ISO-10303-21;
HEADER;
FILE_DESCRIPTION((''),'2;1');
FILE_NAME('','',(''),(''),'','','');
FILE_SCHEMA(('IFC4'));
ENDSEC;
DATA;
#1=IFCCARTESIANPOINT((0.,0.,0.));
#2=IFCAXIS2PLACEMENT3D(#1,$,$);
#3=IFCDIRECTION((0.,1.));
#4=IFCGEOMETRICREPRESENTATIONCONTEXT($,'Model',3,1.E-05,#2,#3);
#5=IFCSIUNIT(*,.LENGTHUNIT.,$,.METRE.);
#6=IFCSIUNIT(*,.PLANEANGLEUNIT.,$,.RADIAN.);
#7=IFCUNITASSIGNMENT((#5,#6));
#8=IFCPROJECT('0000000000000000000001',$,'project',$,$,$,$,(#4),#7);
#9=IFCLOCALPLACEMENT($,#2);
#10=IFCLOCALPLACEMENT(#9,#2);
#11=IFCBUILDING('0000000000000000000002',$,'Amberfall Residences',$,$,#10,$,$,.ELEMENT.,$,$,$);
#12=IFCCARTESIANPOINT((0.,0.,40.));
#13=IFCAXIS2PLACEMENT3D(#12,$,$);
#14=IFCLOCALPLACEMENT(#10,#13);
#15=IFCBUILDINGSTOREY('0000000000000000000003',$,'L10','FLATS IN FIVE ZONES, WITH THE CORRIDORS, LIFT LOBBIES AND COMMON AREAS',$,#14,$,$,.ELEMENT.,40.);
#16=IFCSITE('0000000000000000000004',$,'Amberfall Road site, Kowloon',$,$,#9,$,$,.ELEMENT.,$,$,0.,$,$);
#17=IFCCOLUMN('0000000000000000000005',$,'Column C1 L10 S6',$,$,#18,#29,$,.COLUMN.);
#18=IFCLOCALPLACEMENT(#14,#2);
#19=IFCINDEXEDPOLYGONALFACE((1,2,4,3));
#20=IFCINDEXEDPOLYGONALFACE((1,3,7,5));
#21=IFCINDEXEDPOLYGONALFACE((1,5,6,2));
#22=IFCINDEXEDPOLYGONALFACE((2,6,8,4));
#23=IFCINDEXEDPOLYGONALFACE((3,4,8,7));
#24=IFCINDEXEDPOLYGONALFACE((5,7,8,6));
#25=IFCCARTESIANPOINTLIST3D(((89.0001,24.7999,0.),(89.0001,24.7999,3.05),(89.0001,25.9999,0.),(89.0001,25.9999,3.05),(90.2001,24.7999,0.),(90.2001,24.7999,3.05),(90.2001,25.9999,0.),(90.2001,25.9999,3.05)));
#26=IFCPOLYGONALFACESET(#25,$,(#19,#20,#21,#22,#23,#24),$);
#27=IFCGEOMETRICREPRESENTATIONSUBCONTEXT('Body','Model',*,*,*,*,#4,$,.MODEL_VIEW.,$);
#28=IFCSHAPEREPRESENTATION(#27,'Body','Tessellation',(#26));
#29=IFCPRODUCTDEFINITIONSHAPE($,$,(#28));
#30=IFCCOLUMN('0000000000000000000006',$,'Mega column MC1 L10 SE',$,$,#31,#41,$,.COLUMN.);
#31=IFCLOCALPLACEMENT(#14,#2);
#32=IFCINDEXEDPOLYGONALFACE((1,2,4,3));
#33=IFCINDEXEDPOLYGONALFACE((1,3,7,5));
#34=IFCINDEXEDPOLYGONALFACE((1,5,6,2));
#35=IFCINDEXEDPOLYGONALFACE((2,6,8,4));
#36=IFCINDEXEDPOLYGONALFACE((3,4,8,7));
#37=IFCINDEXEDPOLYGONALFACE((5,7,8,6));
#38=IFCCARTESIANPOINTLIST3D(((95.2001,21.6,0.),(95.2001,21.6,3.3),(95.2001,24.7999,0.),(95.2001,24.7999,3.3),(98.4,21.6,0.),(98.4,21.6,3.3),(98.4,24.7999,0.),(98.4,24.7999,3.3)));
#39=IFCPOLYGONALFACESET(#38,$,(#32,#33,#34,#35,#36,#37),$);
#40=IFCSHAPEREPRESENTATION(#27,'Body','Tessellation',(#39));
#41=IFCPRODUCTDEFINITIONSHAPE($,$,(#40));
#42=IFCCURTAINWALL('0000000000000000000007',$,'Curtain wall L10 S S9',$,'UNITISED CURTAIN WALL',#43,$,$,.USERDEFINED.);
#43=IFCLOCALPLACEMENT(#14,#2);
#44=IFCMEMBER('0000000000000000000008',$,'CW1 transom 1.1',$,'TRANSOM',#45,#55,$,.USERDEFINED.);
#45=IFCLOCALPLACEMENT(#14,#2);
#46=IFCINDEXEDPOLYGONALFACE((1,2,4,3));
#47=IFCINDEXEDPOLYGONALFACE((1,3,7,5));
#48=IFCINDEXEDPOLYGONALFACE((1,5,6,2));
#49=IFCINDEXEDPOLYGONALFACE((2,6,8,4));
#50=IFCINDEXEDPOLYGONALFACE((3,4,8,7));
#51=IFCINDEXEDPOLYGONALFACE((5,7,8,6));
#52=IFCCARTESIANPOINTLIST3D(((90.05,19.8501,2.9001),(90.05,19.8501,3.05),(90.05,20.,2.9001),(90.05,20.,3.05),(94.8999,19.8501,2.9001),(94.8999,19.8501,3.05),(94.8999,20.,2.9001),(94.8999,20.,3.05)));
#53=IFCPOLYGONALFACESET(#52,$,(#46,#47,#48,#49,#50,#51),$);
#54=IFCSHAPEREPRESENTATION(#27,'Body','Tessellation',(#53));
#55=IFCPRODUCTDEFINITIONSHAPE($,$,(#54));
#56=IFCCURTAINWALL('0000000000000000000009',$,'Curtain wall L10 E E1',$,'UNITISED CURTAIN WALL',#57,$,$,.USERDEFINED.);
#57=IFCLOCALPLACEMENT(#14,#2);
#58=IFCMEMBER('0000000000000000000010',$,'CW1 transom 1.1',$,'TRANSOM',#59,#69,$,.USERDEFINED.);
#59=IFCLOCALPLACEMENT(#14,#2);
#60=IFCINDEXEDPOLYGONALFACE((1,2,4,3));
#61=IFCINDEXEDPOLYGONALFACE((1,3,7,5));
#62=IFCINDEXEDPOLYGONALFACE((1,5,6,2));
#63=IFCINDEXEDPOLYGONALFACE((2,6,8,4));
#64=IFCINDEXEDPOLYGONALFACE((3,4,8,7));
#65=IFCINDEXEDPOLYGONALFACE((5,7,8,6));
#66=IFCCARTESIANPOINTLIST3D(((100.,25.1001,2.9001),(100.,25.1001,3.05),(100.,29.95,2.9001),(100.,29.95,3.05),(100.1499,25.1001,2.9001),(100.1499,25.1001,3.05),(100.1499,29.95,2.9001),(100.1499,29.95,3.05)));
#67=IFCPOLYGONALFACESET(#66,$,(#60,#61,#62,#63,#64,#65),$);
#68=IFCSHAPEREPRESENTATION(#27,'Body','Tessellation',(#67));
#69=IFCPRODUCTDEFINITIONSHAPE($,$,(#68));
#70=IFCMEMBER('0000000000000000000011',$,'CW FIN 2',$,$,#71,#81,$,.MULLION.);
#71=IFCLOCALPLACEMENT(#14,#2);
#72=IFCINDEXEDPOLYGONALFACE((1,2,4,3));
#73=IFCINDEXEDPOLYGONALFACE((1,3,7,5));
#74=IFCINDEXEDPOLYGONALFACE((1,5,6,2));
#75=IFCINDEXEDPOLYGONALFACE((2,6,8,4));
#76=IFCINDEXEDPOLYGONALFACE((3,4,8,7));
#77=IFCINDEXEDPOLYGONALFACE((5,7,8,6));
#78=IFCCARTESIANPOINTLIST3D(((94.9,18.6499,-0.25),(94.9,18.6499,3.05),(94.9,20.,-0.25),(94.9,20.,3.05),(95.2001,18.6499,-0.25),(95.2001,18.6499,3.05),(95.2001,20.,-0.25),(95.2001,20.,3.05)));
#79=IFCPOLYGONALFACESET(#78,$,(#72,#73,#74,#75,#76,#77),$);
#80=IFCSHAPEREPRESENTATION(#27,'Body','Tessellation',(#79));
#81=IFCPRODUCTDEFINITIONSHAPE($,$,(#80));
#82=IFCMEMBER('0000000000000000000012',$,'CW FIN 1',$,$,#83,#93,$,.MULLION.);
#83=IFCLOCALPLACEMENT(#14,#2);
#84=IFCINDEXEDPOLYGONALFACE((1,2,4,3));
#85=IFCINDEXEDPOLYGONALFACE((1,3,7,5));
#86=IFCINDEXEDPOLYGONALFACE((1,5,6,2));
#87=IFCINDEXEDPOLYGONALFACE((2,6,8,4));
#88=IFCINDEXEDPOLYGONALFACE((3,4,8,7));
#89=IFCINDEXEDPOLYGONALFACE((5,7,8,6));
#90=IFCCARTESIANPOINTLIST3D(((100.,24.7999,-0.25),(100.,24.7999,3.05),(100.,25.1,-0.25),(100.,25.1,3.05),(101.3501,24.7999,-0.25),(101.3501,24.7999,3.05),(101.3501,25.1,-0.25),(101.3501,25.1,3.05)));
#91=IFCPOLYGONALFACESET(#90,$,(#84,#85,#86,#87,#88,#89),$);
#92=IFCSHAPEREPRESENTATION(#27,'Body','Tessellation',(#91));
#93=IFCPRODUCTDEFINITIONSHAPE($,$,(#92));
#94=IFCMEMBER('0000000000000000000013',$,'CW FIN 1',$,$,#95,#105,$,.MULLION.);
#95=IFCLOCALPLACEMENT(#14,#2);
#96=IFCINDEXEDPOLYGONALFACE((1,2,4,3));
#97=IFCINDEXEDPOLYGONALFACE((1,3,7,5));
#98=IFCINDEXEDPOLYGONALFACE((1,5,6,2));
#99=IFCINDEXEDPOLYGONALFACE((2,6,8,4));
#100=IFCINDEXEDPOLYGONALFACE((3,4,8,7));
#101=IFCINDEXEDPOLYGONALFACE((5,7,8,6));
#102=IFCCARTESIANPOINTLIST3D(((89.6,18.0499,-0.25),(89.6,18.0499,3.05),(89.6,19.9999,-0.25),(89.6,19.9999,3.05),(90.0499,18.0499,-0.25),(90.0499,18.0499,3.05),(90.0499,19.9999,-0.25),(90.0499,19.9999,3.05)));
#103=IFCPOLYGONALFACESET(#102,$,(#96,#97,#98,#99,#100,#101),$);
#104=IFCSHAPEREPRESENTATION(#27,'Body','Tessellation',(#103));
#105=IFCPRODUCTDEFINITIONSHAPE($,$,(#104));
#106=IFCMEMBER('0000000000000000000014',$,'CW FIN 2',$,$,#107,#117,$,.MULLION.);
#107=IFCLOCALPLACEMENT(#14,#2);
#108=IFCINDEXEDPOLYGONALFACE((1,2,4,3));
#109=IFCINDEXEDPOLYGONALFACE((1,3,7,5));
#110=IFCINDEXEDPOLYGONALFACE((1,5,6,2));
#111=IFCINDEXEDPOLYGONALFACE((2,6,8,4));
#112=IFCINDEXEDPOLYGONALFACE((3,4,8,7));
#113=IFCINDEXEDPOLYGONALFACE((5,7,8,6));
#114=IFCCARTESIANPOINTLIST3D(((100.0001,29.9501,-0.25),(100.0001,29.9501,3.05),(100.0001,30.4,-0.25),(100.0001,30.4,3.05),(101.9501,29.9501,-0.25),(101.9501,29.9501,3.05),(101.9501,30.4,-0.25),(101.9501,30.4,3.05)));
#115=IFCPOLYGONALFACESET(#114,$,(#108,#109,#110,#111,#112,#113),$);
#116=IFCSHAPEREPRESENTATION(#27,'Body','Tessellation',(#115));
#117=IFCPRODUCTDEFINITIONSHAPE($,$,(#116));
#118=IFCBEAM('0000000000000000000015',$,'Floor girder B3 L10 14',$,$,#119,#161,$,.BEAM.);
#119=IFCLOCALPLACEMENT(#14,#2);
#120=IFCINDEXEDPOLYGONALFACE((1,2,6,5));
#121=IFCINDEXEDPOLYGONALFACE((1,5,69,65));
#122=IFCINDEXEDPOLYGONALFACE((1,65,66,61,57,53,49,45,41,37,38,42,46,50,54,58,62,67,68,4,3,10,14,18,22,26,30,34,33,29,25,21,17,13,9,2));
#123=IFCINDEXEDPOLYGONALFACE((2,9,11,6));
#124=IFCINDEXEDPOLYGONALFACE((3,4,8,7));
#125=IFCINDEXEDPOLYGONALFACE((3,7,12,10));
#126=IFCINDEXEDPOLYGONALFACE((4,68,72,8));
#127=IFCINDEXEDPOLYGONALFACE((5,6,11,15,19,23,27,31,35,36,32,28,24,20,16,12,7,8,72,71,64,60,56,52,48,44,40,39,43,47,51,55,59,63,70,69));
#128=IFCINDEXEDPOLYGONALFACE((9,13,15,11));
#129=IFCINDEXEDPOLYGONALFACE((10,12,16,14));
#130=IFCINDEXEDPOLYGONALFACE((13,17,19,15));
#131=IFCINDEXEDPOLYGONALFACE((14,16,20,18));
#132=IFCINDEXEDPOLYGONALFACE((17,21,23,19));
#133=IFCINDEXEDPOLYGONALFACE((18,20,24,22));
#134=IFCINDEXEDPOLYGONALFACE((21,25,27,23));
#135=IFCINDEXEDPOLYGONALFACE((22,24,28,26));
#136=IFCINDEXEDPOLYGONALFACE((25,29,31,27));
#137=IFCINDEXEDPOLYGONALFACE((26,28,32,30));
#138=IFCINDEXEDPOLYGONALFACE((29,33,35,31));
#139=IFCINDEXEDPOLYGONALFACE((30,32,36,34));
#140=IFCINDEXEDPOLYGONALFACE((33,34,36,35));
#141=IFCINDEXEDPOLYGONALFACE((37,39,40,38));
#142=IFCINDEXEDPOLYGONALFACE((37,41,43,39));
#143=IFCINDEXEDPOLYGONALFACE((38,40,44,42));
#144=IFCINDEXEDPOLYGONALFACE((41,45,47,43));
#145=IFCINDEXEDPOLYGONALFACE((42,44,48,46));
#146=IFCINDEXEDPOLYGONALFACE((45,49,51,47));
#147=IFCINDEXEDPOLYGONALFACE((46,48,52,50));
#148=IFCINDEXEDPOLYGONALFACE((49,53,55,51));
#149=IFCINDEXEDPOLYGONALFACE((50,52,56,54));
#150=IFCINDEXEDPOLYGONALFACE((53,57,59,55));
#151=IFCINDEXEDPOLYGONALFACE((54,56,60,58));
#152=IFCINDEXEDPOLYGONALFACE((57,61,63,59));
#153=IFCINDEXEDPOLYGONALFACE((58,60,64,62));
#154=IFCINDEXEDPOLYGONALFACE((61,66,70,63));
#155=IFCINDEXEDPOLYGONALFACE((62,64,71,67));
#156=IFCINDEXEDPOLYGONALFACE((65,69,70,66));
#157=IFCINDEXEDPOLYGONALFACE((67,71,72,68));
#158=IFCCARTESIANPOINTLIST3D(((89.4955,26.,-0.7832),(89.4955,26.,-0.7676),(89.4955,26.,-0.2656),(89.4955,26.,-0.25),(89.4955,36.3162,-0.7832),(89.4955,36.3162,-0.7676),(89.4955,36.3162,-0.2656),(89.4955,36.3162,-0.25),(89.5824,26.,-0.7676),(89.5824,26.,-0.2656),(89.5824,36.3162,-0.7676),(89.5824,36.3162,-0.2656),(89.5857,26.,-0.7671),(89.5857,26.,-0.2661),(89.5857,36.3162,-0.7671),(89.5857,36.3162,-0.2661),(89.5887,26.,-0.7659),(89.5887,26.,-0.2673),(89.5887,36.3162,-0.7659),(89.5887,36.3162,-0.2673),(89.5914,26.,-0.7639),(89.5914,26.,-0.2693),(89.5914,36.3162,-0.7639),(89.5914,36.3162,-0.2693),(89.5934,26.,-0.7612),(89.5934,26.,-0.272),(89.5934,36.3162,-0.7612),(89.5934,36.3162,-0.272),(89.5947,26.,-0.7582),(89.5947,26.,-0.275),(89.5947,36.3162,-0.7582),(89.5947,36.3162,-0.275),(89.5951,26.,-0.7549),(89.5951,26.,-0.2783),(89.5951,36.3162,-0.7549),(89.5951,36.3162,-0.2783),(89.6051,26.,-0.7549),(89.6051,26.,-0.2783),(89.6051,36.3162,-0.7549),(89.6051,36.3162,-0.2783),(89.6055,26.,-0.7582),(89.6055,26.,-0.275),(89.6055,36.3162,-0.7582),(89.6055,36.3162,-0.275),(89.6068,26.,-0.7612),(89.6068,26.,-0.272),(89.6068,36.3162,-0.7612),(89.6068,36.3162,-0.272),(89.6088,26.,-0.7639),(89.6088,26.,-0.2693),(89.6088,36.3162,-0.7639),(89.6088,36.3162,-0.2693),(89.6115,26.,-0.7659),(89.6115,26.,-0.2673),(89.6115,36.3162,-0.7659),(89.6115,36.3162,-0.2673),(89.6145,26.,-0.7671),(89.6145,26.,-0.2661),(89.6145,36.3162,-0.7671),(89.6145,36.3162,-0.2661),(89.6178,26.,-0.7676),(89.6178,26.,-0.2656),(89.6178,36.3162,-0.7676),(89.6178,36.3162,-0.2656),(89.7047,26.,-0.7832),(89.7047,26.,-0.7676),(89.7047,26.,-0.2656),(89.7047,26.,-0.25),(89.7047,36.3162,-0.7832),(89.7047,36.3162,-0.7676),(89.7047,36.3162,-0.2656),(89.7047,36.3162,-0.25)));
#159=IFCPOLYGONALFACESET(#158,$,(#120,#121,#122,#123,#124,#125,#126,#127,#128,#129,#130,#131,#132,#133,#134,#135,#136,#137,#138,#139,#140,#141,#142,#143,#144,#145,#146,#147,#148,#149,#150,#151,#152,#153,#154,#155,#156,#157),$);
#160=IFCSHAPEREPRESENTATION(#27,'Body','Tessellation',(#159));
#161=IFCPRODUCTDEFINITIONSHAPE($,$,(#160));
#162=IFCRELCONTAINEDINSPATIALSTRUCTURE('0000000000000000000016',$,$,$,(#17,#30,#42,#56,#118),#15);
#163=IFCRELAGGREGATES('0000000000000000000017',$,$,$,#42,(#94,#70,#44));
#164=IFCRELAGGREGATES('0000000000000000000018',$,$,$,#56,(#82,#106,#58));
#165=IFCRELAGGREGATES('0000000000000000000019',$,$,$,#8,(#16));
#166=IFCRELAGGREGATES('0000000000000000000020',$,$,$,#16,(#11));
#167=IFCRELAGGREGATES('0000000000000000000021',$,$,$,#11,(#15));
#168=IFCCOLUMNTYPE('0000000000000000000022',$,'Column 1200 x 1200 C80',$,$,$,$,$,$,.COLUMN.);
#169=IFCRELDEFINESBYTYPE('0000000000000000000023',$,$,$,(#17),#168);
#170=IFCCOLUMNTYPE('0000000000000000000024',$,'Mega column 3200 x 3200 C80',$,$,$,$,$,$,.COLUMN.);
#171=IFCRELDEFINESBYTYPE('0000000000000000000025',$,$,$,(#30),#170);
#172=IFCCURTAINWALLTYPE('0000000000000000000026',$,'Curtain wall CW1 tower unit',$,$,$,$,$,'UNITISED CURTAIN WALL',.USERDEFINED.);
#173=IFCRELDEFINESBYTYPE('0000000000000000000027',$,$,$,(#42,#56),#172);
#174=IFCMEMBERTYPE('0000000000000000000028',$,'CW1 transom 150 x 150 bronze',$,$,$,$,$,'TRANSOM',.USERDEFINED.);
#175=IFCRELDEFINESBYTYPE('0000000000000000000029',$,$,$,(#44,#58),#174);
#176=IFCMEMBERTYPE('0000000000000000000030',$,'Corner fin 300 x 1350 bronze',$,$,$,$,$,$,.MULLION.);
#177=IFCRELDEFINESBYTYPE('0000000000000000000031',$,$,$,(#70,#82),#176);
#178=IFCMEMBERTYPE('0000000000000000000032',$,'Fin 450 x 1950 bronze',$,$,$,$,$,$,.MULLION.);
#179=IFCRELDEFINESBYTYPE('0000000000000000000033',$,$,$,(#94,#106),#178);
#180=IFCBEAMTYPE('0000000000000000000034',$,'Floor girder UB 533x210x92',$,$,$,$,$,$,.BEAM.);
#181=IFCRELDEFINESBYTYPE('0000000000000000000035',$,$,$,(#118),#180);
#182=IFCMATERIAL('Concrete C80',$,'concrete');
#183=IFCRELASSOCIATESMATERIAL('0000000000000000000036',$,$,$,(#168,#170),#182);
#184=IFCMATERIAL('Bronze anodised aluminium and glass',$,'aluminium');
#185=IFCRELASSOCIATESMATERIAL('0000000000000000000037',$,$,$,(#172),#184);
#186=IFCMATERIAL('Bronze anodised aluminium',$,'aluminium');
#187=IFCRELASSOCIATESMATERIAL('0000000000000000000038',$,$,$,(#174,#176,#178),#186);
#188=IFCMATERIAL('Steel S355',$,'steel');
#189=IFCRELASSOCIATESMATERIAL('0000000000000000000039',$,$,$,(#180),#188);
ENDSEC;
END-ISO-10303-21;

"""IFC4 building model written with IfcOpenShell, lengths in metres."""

from ifc_helpers import new_model, si_unit, direction, frame, origin, origin_2d, place, context, subcontext, project, spatial, rectangle, i_section, extrude, material, material_profile, profile_set, type_object, element, aggregate, save


model = new_model("IFC4")

# Units and contexts
model_context = context("Model", 3, precision=1e-05, world=origin(), true_north=direction((0.0, 1.0)))
body_context = subcontext(model_context, "Body", "Model", "MODEL_VIEW")
ifc_project = project(units=[si_unit("LENGTHUNIT", "METRE"), si_unit("PLANEANGLEUNIT", "RADIAN")], contexts=[model_context])

# Site, building, storey
site_placement = place(None, origin())
site = spatial("IfcSite", under=ifc_project, at=site_placement, Name="Amberfall Road site, Kowloon", CompositionType="ELEMENT", RefElevation=0.0)
building_placement = place(site_placement, origin())
building = spatial("IfcBuilding", under=site, at=building_placement, Name="Amberfall Residences", CompositionType="ELEMENT")
storey_placement = place(building_placement, frame((0.0, 0.0, 40.0)))
storey = spatial("IfcBuildingStorey", under=building, at=storey_placement, Name="L10", Description="FLATS IN FIVE ZONES, WITH THE CORRIDORS, LIFT LOBBIES AND COMMON AREAS", CompositionType="ELEMENT", Elevation=40.0)

# Columns
ifc_material_1 = material(Name="Concrete C80", Category="concrete")
ifc_material_profile_1 = material_profile(ifc_material_1, rectangle(XDim=1.2, YDim=1.2, at=origin_2d()), Name="Column 1200 x 1200 C80")
ifc_profile_set_1 = profile_set([ifc_material_profile_1], Name="Concrete C80")
column_type_1 = type_object("IfcColumnType", Name="Column 1200 x 1200 C80", PredefinedType="COLUMN", material=ifc_profile_set_1)
column_1_placement = place(storey_placement, frame((89.6001, 25.3999, 0.0), z_axis=(0.0, 0.0, 1.0), x_axis=(1.0, 0.0, 0.0)))
element("IfcColumn", 1, at=column_1_placement, inside=storey, type_object=column_type_1, Name="Column C1 L10 S6", PredefinedType="COLUMN", context=body_context, shape_type="SweptSolid", body=[
    extrude(rectangle(XDim=1.2, YDim=1.2, at=origin_2d()), origin(), (0.0, 0.0, 1.0), 3.05),
])
ifc_material_profile_2 = material_profile(ifc_material_1, rectangle(XDim=3.2, YDim=3.2, at=origin_2d()), Name="Mega column 3200 x 3200 C80")
ifc_profile_set_2 = profile_set([ifc_material_profile_2], Name="Concrete C80")
column_type_2 = type_object("IfcColumnType", Name="Mega column 3200 x 3200 C80", PredefinedType="COLUMN", material=ifc_profile_set_2)
column_2_placement = place(storey_placement, frame((96.8, 23.2, 0.0), z_axis=(0.0, 0.0, 1.0), x_axis=(1.0, 0.0, 0.0)))
element("IfcColumn", 2, at=column_2_placement, inside=storey, type_object=column_type_2, Name="Mega column MC1 L10 SE", PredefinedType="COLUMN", context=body_context, shape_type="SweptSolid", body=[
    extrude(rectangle(XDim=3.2, YDim=3.2, at=origin_2d()), origin(), (0.0, 0.0, 1.0), 3.3),
])

# Curtain walls, members
ifc_material_2 = material(Name="Bronze anodised aluminium and glass", Category="aluminium")
curtain_wall_type = type_object("IfcCurtainWallType", Name="Curtain wall CW1 tower unit", ElementType="UNITISED CURTAIN WALL", PredefinedType="USERDEFINED", material=ifc_material_2)
curtain_wall_1_placement = place(storey_placement, origin())
curtain_wall_1 = element("IfcCurtainWall", 3, at=curtain_wall_1_placement, inside=storey, type_object=curtain_wall_type, Name="Curtain wall L10 S S9", ObjectType="UNITISED CURTAIN WALL", PredefinedType="USERDEFINED")
ifc_material_3 = material(Name="Bronze anodised aluminium", Category="aluminium")
ifc_material_profile_3 = material_profile(ifc_material_3, rectangle(XDim=0.1499, YDim=0.1499, at=origin_2d()), Name="CW1 transom 150 x 150 bronze")
ifc_profile_set_3 = profile_set([ifc_material_profile_3], Name="Bronze anodised aluminium")
member_type_1 = type_object("IfcMemberType", Name="CW1 transom 150 x 150 bronze", ElementType="TRANSOM", PredefinedType="USERDEFINED", material=ifc_profile_set_3)
member_1_placement = place(storey_placement, frame((90.05, 19.925, 2.9751), z_axis=(1.0, 0.0, 0.0), x_axis=(0.0, 1.0, 0.0)))
member_1 = element("IfcMember", 4, at=member_1_placement, type_object=member_type_1, Name="CW1 transom 1.1", ObjectType="TRANSOM", PredefinedType="USERDEFINED", context=body_context, shape_type="SweptSolid", body=[
    extrude(rectangle(XDim=0.1499, YDim=0.1499, at=origin_2d()), origin(), (0.0, 0.0, 1.0), 4.8499),
])
curtain_wall_2_placement = place(storey_placement, origin())
curtain_wall_2 = element("IfcCurtainWall", 5, at=curtain_wall_2_placement, inside=storey, type_object=curtain_wall_type, Name="Curtain wall L10 E E1", ObjectType="UNITISED CURTAIN WALL", PredefinedType="USERDEFINED")
member_2_placement = place(storey_placement, frame((100.075, 25.1001, 2.9751), z_axis=(0.0, 1.0, 0.0), x_axis=(-1.0, 0.0, 0.0)))
member_2 = element("IfcMember", 6, at=member_2_placement, type_object=member_type_1, Name="CW1 transom 1.1", ObjectType="TRANSOM", PredefinedType="USERDEFINED", context=body_context, shape_type="SweptSolid", body=[
    extrude(rectangle(XDim=0.1499, YDim=0.1499, at=origin_2d()), origin(), (0.0, 0.0, 1.0), 4.8499),
])

# Members
ifc_material_profile_4 = material_profile(ifc_material_3, rectangle(XDim=1.3501, YDim=0.3, at=origin_2d()), Name="Corner fin 300 x 1350 bronze")
ifc_profile_set_4 = profile_set([ifc_material_profile_4], Name="Bronze anodised aluminium")
member_type_2 = type_object("IfcMemberType", Name="Corner fin 300 x 1350 bronze", PredefinedType="MULLION", material=ifc_profile_set_4)
member_3_placement = place(storey_placement, frame((95.05, 19.325, -0.25), z_axis=(0.0, 0.0, 1.0), x_axis=(0.0, 1.0, 0.0)))
member_3 = element("IfcMember", 7, at=member_3_placement, type_object=member_type_2, Name="CW FIN 2", PredefinedType="MULLION", context=body_context, shape_type="SweptSolid", body=[
    extrude(rectangle(XDim=1.3501, YDim=0.3, at=origin_2d()), origin(), (0.0, 0.0, 1.0), 3.3),
])
member_4_placement = place(storey_placement, frame((100.675, 24.95, -0.25), z_axis=(0.0, 0.0, 1.0), x_axis=(-1.0, 0.0, 0.0)))
member_4 = element("IfcMember", 8, at=member_4_placement, type_object=member_type_2, Name="CW FIN 1", PredefinedType="MULLION", context=body_context, shape_type="SweptSolid", body=[
    extrude(rectangle(XDim=1.3501, YDim=0.3, at=origin_2d()), origin(), (0.0, 0.0, 1.0), 3.3),
])
ifc_material_profile_5 = material_profile(ifc_material_3, rectangle(XDim=1.95, YDim=0.45, at=origin_2d()), Name="Fin 450 x 1950 bronze")
ifc_profile_set_5 = profile_set([ifc_material_profile_5], Name="Bronze anodised aluminium")
member_type_3 = type_object("IfcMemberType", Name="Fin 450 x 1950 bronze", PredefinedType="MULLION", material=ifc_profile_set_5)
member_5_placement = place(storey_placement, frame((89.825, 19.0249, -0.25), z_axis=(0.0, 0.0, 1.0), x_axis=(0.0, 1.0, 0.0)))
member_5 = element("IfcMember", 9, at=member_5_placement, type_object=member_type_3, Name="CW FIN 1", PredefinedType="MULLION", context=body_context, shape_type="SweptSolid", body=[
    extrude(rectangle(XDim=1.95, YDim=0.45, at=origin_2d()), origin(), (0.0, 0.0, 1.0), 3.3),
])
member_6_placement = place(storey_placement, frame((100.9751, 30.175, -0.25), z_axis=(0.0, 0.0, 1.0), x_axis=(-1.0, 0.0, 0.0)))
member_6 = element("IfcMember", 10, at=member_6_placement, type_object=member_type_3, Name="CW FIN 2", PredefinedType="MULLION", context=body_context, shape_type="SweptSolid", body=[
    extrude(rectangle(XDim=1.95, YDim=0.45, at=origin_2d()), origin(), (0.0, 0.0, 1.0), 3.3),
])

# Beam
ifc_material_4 = material(Name="Steel S355", Category="steel")
ifc_material_profile_6 = material_profile(ifc_material_4, i_section(OverallWidth=0.2092, OverallDepth=0.5332, WebThickness=0.01, FlangeThickness=0.0156, FilletRadius=0.0127, at=origin_2d()), Name="UB 533x210x92")
ifc_profile_set_6 = profile_set([ifc_material_profile_6], Name="Steel S355")
beam_type_1 = type_object("IfcBeamType", Name="Floor girder UB 533x210x92", PredefinedType="BEAM", material=ifc_profile_set_6)
beam_1_placement = place(storey_placement, frame((89.6001, 26.0, -0.5166), z_axis=(0.0, 1.0, 0.0), x_axis=(-1.0, 0.0, 0.0)))
element("IfcBeam", 11, at=beam_1_placement, inside=storey, type_object=beam_type_1, Name="Floor girder B3 L10 14", PredefinedType="BEAM", context=body_context, shape_type="SweptSolid", body=[
    extrude(i_section(OverallWidth=0.2092, OverallDepth=0.5332, WebThickness=0.01, FlangeThickness=0.0156, FilletRadius=0.0127, at=origin_2d()), origin(), (0.0, 0.0, 1.0), 10.3162),
])

aggregate(curtain_wall_1, [member_5, member_3, member_1])
aggregate(curtain_wall_2, [member_4, member_6, member_2])

save(model, "model.ifc")
